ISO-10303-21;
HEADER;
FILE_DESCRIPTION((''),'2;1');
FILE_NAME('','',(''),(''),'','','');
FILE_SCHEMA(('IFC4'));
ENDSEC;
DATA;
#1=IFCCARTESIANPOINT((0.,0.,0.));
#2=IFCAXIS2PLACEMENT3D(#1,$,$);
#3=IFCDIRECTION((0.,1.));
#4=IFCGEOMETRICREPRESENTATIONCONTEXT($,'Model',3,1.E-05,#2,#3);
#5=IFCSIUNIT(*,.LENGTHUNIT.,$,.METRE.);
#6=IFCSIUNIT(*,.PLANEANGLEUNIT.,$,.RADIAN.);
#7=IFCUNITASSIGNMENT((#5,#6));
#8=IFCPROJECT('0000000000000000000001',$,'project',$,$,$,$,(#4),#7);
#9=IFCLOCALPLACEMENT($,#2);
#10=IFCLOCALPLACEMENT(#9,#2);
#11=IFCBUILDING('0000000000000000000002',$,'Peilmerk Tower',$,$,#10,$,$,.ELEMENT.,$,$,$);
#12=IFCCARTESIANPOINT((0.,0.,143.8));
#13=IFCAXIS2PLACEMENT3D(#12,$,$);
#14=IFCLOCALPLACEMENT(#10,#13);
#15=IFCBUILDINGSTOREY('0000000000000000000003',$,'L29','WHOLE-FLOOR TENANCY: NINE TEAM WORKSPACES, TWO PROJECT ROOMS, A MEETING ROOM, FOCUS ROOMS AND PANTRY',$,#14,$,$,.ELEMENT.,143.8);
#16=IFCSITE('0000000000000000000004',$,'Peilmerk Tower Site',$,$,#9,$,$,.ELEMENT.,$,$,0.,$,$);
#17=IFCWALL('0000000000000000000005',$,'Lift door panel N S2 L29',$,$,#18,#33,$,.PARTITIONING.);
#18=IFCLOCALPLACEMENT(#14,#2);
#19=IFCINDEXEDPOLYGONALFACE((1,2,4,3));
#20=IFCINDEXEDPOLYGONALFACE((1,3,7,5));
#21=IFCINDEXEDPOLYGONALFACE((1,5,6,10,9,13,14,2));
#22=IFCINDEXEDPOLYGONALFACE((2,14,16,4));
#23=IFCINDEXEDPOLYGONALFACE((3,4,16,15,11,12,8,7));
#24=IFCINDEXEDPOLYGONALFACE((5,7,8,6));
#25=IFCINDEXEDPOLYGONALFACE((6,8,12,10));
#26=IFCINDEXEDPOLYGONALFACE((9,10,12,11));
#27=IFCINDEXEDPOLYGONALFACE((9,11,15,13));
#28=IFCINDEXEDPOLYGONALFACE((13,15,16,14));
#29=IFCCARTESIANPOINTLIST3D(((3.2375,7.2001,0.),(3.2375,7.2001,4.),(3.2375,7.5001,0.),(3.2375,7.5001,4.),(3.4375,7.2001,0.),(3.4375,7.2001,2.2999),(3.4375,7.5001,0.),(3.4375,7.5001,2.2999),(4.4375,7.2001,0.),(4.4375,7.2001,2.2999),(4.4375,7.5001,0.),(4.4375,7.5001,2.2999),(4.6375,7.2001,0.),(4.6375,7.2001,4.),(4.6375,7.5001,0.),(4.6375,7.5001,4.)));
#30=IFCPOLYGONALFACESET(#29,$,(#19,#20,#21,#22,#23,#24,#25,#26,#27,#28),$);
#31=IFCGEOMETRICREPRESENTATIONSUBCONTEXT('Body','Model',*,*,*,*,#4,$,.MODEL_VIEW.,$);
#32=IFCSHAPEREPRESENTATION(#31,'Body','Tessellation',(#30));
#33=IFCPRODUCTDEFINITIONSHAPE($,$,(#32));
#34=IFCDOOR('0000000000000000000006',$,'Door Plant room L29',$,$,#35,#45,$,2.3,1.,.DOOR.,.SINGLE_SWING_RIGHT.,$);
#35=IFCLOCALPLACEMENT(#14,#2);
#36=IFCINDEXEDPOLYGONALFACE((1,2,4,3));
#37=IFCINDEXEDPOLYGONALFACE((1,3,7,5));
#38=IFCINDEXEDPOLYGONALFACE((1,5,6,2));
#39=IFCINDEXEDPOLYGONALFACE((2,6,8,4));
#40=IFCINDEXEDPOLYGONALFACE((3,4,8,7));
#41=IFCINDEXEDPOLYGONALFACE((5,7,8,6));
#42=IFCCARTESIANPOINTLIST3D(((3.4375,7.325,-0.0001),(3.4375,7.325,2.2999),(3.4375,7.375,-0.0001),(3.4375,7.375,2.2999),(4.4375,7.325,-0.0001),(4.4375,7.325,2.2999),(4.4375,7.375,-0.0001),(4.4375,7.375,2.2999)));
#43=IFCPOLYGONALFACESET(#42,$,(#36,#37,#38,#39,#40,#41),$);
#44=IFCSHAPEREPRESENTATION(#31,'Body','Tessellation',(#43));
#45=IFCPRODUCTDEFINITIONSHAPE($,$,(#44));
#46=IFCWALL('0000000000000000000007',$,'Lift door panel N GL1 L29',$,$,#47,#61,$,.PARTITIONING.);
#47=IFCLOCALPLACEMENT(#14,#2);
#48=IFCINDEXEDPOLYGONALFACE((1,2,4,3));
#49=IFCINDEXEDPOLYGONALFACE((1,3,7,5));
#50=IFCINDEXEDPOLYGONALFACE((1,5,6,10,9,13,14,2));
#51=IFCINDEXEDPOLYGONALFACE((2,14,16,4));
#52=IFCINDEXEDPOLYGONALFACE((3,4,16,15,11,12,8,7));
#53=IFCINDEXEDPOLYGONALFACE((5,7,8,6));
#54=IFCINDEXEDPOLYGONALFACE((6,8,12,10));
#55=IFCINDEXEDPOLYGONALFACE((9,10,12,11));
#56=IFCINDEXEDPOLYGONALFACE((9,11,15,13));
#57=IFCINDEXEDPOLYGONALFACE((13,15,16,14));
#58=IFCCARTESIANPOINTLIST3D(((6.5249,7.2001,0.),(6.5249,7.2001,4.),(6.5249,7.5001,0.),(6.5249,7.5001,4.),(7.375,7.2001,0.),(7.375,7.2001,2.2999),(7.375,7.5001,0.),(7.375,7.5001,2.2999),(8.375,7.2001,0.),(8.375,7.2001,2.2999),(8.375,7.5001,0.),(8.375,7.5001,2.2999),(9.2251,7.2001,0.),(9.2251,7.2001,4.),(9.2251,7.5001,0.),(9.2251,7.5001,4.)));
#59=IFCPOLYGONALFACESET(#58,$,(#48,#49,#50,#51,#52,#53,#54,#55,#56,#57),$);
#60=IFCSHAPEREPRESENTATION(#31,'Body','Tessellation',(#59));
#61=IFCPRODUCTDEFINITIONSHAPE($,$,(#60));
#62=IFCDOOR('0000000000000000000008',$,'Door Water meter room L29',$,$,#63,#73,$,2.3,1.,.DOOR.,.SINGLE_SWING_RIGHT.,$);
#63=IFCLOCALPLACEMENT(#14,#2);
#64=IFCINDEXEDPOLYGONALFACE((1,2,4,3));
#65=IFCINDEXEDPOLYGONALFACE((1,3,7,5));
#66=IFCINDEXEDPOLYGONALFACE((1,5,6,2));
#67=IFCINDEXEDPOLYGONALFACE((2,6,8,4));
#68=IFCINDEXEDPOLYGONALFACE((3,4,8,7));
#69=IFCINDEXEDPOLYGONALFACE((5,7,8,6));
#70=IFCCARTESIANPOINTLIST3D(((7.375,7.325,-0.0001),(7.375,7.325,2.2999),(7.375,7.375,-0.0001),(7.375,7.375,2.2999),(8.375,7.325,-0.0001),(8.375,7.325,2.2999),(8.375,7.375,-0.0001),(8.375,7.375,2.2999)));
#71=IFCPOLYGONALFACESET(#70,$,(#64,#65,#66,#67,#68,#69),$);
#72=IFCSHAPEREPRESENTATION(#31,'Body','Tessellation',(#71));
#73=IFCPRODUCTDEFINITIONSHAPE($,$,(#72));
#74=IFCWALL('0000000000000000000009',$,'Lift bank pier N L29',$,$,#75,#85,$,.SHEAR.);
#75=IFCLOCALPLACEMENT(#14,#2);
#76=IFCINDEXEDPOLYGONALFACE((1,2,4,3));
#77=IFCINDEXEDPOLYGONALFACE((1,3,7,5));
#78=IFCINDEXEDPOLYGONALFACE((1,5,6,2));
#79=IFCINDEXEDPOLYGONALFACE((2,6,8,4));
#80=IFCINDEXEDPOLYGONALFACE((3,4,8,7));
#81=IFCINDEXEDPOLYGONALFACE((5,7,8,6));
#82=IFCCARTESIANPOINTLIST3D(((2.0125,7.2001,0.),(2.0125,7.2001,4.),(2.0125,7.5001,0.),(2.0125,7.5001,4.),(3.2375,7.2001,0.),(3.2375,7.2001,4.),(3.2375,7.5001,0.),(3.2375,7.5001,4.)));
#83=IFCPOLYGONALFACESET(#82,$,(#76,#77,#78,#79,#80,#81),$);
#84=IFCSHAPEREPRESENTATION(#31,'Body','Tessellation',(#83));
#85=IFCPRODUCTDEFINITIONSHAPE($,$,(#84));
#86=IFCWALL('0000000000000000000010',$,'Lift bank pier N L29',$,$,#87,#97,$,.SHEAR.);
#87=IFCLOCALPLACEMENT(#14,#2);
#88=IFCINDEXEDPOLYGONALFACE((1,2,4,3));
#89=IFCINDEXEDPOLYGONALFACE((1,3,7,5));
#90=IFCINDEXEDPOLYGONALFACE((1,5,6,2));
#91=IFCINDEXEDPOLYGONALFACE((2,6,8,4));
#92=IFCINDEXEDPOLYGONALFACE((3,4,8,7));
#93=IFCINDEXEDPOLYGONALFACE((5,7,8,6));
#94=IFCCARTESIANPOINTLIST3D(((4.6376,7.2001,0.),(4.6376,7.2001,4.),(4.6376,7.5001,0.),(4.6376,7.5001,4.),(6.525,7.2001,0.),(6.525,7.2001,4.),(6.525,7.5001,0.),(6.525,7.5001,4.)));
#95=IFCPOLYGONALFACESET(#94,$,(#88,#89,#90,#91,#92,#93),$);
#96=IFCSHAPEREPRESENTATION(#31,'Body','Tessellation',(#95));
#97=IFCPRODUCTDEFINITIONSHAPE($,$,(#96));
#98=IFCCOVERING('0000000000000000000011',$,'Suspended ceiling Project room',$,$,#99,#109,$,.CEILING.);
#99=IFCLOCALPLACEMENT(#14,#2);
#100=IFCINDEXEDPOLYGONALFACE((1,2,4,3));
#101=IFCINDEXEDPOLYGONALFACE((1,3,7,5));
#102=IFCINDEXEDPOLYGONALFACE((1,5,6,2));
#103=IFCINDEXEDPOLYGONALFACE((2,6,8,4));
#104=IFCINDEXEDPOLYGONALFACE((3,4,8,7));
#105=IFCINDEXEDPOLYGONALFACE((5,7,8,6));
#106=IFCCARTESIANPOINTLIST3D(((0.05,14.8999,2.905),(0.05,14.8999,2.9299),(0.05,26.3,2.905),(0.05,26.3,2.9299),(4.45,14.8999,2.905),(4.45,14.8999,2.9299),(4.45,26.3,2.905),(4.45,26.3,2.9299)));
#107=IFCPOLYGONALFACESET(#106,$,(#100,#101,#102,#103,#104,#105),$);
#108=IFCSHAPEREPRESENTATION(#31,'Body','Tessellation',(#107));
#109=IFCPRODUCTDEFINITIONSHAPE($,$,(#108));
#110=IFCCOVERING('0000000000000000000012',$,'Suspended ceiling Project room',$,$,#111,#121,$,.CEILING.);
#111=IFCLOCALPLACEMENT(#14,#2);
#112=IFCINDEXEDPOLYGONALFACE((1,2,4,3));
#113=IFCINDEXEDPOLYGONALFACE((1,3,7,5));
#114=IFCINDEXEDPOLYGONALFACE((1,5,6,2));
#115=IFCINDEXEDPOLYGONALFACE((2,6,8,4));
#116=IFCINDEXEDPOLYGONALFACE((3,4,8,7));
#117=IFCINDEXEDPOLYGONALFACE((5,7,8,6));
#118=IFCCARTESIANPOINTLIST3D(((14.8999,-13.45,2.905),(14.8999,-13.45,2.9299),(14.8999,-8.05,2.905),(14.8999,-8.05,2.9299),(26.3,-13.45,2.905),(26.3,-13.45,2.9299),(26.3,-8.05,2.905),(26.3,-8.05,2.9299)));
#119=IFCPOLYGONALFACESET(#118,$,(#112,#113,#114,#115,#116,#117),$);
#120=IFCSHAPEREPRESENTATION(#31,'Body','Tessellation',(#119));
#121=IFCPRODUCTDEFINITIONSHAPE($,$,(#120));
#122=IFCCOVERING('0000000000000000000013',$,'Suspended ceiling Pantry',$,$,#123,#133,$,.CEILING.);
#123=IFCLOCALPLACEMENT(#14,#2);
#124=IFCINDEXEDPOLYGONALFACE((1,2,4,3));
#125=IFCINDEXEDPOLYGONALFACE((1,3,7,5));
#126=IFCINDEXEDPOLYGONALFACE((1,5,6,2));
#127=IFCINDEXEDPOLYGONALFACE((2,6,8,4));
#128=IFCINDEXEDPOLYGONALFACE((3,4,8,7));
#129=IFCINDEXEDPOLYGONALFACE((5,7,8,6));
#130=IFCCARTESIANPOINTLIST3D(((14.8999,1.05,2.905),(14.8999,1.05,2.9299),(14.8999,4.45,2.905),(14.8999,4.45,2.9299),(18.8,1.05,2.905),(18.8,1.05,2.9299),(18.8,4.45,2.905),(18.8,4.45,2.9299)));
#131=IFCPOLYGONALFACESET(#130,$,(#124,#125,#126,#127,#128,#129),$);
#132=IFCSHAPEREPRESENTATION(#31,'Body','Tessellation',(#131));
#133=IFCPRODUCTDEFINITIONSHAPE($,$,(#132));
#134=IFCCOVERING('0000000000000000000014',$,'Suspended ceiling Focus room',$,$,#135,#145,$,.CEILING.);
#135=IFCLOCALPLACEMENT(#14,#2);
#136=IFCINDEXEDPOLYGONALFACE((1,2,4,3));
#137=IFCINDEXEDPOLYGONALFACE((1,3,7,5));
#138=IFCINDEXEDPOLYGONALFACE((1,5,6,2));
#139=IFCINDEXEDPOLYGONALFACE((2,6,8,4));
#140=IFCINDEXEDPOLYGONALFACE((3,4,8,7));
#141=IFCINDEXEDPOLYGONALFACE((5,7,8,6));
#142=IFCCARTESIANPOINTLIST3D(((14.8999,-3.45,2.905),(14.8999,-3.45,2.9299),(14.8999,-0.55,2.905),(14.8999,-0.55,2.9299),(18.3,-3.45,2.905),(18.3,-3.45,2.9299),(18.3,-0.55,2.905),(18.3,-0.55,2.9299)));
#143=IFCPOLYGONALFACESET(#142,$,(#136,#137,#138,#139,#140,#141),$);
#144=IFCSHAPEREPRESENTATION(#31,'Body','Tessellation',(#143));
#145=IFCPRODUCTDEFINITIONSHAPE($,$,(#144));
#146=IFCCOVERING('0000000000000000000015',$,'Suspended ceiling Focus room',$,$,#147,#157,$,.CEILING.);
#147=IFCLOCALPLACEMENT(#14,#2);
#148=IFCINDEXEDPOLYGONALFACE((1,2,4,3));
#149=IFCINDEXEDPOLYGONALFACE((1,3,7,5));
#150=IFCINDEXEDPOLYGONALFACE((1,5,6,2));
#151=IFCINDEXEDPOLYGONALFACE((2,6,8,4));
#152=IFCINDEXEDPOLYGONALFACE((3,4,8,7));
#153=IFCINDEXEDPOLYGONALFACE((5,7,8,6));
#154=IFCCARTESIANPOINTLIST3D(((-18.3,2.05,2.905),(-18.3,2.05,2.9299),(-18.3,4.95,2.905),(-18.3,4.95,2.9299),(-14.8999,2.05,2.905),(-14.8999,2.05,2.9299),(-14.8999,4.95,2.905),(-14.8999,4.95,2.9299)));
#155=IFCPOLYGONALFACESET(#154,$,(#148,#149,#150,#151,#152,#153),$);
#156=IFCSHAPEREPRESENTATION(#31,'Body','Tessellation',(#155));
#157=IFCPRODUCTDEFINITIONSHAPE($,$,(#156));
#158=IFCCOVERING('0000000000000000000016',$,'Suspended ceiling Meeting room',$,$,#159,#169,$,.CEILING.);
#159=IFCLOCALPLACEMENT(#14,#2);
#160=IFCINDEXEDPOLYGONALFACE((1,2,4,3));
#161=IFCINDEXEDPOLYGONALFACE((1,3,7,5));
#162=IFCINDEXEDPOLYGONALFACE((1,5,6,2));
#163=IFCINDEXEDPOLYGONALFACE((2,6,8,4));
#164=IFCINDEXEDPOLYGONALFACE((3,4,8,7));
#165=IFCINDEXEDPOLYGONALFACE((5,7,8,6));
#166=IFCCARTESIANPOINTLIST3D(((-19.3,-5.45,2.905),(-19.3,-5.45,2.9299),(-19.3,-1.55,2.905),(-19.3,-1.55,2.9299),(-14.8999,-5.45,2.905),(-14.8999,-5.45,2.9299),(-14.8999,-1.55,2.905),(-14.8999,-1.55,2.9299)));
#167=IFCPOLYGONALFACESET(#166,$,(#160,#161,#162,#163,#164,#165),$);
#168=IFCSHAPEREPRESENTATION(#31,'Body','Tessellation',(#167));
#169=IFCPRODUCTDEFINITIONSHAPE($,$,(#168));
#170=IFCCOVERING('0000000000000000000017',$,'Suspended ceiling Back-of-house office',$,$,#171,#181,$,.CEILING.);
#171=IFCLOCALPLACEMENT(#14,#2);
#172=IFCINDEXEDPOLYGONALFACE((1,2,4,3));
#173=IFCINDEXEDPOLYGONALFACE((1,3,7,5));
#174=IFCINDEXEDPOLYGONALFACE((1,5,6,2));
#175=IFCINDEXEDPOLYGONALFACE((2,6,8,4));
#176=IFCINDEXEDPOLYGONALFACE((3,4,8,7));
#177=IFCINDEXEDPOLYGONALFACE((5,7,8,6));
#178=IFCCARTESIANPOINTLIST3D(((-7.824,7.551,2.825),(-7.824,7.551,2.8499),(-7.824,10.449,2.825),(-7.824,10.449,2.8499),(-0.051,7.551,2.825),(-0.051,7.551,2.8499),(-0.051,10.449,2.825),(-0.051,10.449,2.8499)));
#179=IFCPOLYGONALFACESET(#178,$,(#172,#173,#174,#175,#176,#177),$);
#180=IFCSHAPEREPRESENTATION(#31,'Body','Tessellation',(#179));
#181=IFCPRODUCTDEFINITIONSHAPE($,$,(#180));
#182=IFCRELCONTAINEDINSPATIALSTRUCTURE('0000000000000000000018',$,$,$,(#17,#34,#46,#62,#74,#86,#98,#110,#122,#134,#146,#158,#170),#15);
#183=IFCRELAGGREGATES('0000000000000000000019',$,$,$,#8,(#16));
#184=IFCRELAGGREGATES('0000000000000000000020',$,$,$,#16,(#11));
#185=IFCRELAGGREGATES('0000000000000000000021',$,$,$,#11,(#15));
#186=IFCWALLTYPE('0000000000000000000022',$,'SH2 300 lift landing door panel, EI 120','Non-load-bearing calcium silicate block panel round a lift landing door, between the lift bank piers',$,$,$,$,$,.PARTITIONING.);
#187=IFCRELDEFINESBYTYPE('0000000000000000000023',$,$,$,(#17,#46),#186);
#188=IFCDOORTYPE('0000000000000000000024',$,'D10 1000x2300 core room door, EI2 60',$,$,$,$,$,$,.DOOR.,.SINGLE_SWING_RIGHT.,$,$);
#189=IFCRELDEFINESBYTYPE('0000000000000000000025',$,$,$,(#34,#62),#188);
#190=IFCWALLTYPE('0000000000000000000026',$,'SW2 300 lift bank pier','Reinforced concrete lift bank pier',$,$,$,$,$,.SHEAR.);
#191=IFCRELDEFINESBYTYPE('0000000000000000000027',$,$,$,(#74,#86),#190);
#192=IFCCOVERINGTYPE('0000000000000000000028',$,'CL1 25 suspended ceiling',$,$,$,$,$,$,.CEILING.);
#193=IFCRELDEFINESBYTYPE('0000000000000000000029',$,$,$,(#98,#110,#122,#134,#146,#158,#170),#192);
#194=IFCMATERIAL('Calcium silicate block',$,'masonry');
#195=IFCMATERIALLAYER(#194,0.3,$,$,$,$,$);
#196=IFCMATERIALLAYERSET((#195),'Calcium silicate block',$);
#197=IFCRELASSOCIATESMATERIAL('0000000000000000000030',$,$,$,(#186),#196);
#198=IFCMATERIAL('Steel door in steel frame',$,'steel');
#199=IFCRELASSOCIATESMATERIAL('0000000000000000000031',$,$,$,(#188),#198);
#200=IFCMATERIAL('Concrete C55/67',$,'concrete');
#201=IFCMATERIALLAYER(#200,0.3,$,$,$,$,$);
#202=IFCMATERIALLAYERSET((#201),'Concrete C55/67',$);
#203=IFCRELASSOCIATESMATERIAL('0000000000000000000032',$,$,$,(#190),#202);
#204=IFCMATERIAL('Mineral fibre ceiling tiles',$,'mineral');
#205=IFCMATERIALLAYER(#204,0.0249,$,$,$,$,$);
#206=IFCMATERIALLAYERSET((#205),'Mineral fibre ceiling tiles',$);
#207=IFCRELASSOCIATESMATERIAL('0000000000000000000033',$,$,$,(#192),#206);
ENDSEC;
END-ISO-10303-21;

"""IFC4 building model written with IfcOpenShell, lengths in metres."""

from ifc_helpers import new_model, si_unit, direction, frame, frame_2d, origin, place, context, subcontext, project, spatial, polyline, rectangle, outline, extrude, material, layer, layer_set, type_object, element, fill, save


model = new_model("IFC4")

# Units and contexts
model_context = context("Model", 3, precision=1e-05, world=origin(), true_north=direction((0.0, 1.0)))
body_context = subcontext(model_context, "Body", "Model", "MODEL_VIEW")
ifc_project = project(units=[si_unit("LENGTHUNIT", "METRE"), si_unit("PLANEANGLEUNIT", "RADIAN")], contexts=[model_context])

# Site, building, storey
site_placement = place(None, origin())
site = spatial("IfcSite", under=ifc_project, at=site_placement, Name="Peilmerk Tower Site", CompositionType="ELEMENT", RefElevation=0.0)
building_placement = place(site_placement, origin())
building = spatial("IfcBuilding", under=site, at=building_placement, Name="Peilmerk Tower", CompositionType="ELEMENT")
storey_placement = place(building_placement, frame((0.0, 0.0, 143.8)))
storey = spatial("IfcBuildingStorey", under=building, at=storey_placement, Name="L29", Description="WHOLE-FLOOR TENANCY: NINE TEAM WORKSPACES, TWO PROJECT ROOMS, A MEETING ROOM, FOCUS ROOMS AND PANTRY", CompositionType="ELEMENT", Elevation=143.8)

# Shared definitions
ifc_material_1 = material(Name="Steel door in steel frame", Category="steel")

# Shared definitions
ifc_material_2 = material(Name="Calcium silicate block", Category="masonry")
ifc_layer_1 = layer(ifc_material_2, 0.3)
ifc_layer_set_1 = layer_set([ifc_layer_1], Name="Calcium silicate block")
wall_type_1 = type_object("IfcWallType", Name="SH2 300 lift landing door panel, EI 120", Description="Non-load-bearing calcium silicate block panel round a lift landing door, between the lift bank piers", PredefinedType="PARTITIONING", material=ifc_layer_set_1)

# Walls, openings, doors
wall_1_placement = place(storey_placement, frame((3.2375, 7.3501, 0.0), z_axis=(0.0, 0.0, 1.0), x_axis=(1.0, 0.0, 0.0)))
wall_1 = element("IfcWall", 1, at=wall_1_placement, inside=storey, type_object=wall_type_1, Name="Lift door panel N S2 L29", PredefinedType="PARTITIONING", context=body_context, shape_type="SweptSolid", body=[
    extrude(rectangle(XDim=1.3999, YDim=0.3, at=frame_2d((0.7, 0.0))), origin(), (0.0, 0.0, 1.0), 4.0),
])
opening_1_placement = place(wall_1_placement, frame((0.2, 0.0, 0.0)))
opening_1 = element("IfcOpeningElement", 2, at=opening_1_placement, cuts=wall_1, PredefinedType="OPENING", context=body_context, shape_type="SweptSolid", body=[
    extrude(rectangle(XDim=1.0, YDim=2.3, at=frame_2d((0.5, 1.1499))), frame((0.0, 0.1599, 0.0), z_axis=(0.0, -1.0, 0.0), x_axis=(1.0, 0.0, 0.0)), (0.0, 0.0, 1.0), 0.3201),
])
door_type_1 = type_object("IfcDoorType", Name="D10 1000x2300 core room door, EI2 60", OperationType="SINGLE_SWING_RIGHT", PredefinedType="DOOR", material=ifc_material_1)
door_1_placement = place(opening_1_placement, origin())
door_1 = element("IfcDoor", 3, at=door_1_placement, inside=storey, type_object=door_type_1, Name="Door Plant room L29", OperationType="SINGLE_SWING_RIGHT", OverallHeight=2.3, OverallWidth=1.0, PredefinedType="DOOR", context=body_context, shape_type="SweptSolid", body=[
    extrude(rectangle(XDim=1.0, YDim=2.3, at=frame_2d((0.5, 1.1499))), frame((0.0, 0.0249, 0.0), z_axis=(0.0, -1.0, 0.0), x_axis=(1.0, 0.0, 0.0)), (0.0, 0.0, 1.0), 0.05),
])
fill(opening_1, door_1)
wall_2_placement = place(storey_placement, frame((6.5249, 7.3501, 0.0), z_axis=(0.0, 0.0, 1.0), x_axis=(1.0, 0.0, 0.0)))
wall_2 = element("IfcWall", 4, at=wall_2_placement, inside=storey, type_object=wall_type_1, Name="Lift door panel N GL1 L29", PredefinedType="PARTITIONING", context=body_context, shape_type="SweptSolid", body=[
    extrude(rectangle(XDim=2.7002, YDim=0.3, at=frame_2d((1.3501, 0.0))), origin(), (0.0, 0.0, 1.0), 4.0),
])
opening_2_placement = place(wall_2_placement, frame((0.8501, 0.0, 0.0)))
opening_2 = element("IfcOpeningElement", 5, at=opening_2_placement, cuts=wall_2, PredefinedType="OPENING", context=body_context, shape_type="SweptSolid", body=[
    extrude(rectangle(XDim=1.0, YDim=2.3, at=frame_2d((0.5, 1.1499))), frame((0.0, 0.1599, 0.0), z_axis=(0.0, -1.0, 0.0), x_axis=(1.0, 0.0, 0.0)), (0.0, 0.0, 1.0), 0.3201),
])
door_2_placement = place(opening_2_placement, origin())
door_2 = element("IfcDoor", 6, at=door_2_placement, inside=storey, type_object=door_type_1, Name="Door Water meter room L29", OperationType="SINGLE_SWING_RIGHT", OverallHeight=2.3, OverallWidth=1.0, PredefinedType="DOOR", context=body_context, shape_type="SweptSolid", body=[
    extrude(rectangle(XDim=1.0, YDim=2.3, at=frame_2d((0.5, 1.1499))), frame((0.0, 0.0249, 0.0), z_axis=(0.0, -1.0, 0.0), x_axis=(1.0, 0.0, 0.0)), (0.0, 0.0, 1.0), 0.05),
])
fill(opening_2, door_2)

# Walls
ifc_material_3 = material(Name="Concrete C55/67", Category="concrete")
ifc_layer_2 = layer(ifc_material_3, 0.3)
ifc_layer_set_2 = layer_set([ifc_layer_2], Name="Concrete C55/67")
wall_type_2 = type_object("IfcWallType", Name="SW2 300 lift bank pier", Description="Reinforced concrete lift bank pier", PredefinedType="SHEAR", material=ifc_layer_set_2)
wall_3_placement = place(storey_placement, frame((2.0125, 7.3501, 0.0), z_axis=(0.0, 0.0, 1.0), x_axis=(1.0, 0.0, 0.0)))
element("IfcWall", 7, at=wall_3_placement, inside=storey, type_object=wall_type_2, Name="Lift bank pier N L29", PredefinedType="SHEAR", context=body_context, shape_type="SweptSolid", body=[
    extrude(rectangle(XDim=1.2251, YDim=0.3, at=frame_2d((0.6125, 0.0))), origin(), (0.0, 0.0, 1.0), 4.0),
])
wall_4_placement = place(storey_placement, frame((4.6375, 7.3501, 0.0), z_axis=(0.0, 0.0, 1.0), x_axis=(1.0, 0.0, 0.0)))
element("IfcWall", 8, at=wall_4_placement, inside=storey, type_object=wall_type_2, Name="Lift bank pier N L29", PredefinedType="SHEAR", context=body_context, shape_type="SweptSolid", body=[
    extrude(rectangle(XDim=1.8875, YDim=0.3, at=frame_2d((0.9438, 0.0))), origin(), (0.0, 0.0, 1.0), 4.0),
])

# Coverings
ifc_material_4 = material(Name="Mineral fibre ceiling tiles", Category="mineral")
ifc_layer_3 = layer(ifc_material_4, 0.0249)
ifc_layer_set_3 = layer_set([ifc_layer_3], Name="Mineral fibre ceiling tiles")
covering_type = type_object("IfcCoveringType", Name="CL1 25 suspended ceiling", PredefinedType="CEILING", material=ifc_layer_set_3)
covering_1_placement = place(storey_placement, frame((0.0, 0.0, 2.905)))
element("IfcCovering", 9, at=covering_1_placement, inside=storey, type_object=covering_type, Name="Suspended ceiling Project room", PredefinedType="CEILING", context=body_context, shape_type="SweptSolid", body=[
    extrude(outline(polyline([(4.45, 26.3), (0.05, 26.3), (0.05, 14.8999), (4.45, 14.8999), (4.45, 26.3)])), origin(), (0.0, 0.0, 1.0), 0.0249),
])
covering_2_placement = place(storey_placement, frame((0.0, 0.0, 2.905)))
element("IfcCovering", 10, at=covering_2_placement, inside=storey, type_object=covering_type, Name="Suspended ceiling Project room", PredefinedType="CEILING", context=body_context, shape_type="SweptSolid", body=[
    extrude(outline(polyline([(26.3, -13.45), (26.3, -8.05), (14.8999, -8.05), (14.8999, -13.45), (26.3, -13.45)])), origin(), (0.0, 0.0, 1.0), 0.0249),
])
covering_3_placement = place(storey_placement, frame((0.0, 0.0, 2.905)))
element("IfcCovering", 11, at=covering_3_placement, inside=storey, type_object=covering_type, Name="Suspended ceiling Pantry", PredefinedType="CEILING", context=body_context, shape_type="SweptSolid", body=[
    extrude(outline(polyline([(18.8, 1.05), (18.8, 4.45), (14.8999, 4.45), (14.8999, 1.05), (18.8, 1.05)])), origin(), (0.0, 0.0, 1.0), 0.0249),
])
covering_4_placement = place(storey_placement, frame((0.0, 0.0, 2.905)))
element("IfcCovering", 12, at=covering_4_placement, inside=storey, type_object=covering_type, Name="Suspended ceiling Focus room", PredefinedType="CEILING", context=body_context, shape_type="SweptSolid", body=[
    extrude(outline(polyline([(18.3, -3.45), (18.3, -0.55), (14.8999, -0.55), (14.8999, -3.45), (18.3, -3.45)])), origin(), (0.0, 0.0, 1.0), 0.0249),
])
covering_5_placement = place(storey_placement, frame((0.0, 0.0, 2.905)))
element("IfcCovering", 13, at=covering_5_placement, inside=storey, type_object=covering_type, Name="Suspended ceiling Focus room", PredefinedType="CEILING", context=body_context, shape_type="SweptSolid", body=[
    extrude(outline(polyline([(-14.8999, 2.05), (-14.8999, 4.95), (-18.3, 4.95), (-18.3, 2.05), (-14.8999, 2.05)])), origin(), (0.0, 0.0, 1.0), 0.0249),
])
covering_6_placement = place(storey_placement, frame((0.0, 0.0, 2.905)))
element("IfcCovering", 14, at=covering_6_placement, inside=storey, type_object=covering_type, Name="Suspended ceiling Meeting room", PredefinedType="CEILING", context=body_context, shape_type="SweptSolid", body=[
    extrude(outline(polyline([(-14.8999, -5.45), (-14.8999, -1.55), (-19.3, -1.55), (-19.3, -5.45), (-14.8999, -5.45)])), origin(), (0.0, 0.0, 1.0), 0.0249),
])
covering_7_placement = place(storey_placement, frame((0.0, 0.0, 2.825)))
element("IfcCovering", 15, at=covering_7_placement, inside=storey, type_object=covering_type, Name="Suspended ceiling Back-of-house office", PredefinedType="CEILING", context=body_context, shape_type="SweptSolid", body=[
    extrude(outline(polyline([(-7.824, 7.551), (-0.051, 7.551), (-0.051, 10.449), (-7.824, 10.449), (-7.824, 7.551)])), origin(), (0.0, 0.0, 1.0), 0.0249),
])

save(model, "model.ifc")
